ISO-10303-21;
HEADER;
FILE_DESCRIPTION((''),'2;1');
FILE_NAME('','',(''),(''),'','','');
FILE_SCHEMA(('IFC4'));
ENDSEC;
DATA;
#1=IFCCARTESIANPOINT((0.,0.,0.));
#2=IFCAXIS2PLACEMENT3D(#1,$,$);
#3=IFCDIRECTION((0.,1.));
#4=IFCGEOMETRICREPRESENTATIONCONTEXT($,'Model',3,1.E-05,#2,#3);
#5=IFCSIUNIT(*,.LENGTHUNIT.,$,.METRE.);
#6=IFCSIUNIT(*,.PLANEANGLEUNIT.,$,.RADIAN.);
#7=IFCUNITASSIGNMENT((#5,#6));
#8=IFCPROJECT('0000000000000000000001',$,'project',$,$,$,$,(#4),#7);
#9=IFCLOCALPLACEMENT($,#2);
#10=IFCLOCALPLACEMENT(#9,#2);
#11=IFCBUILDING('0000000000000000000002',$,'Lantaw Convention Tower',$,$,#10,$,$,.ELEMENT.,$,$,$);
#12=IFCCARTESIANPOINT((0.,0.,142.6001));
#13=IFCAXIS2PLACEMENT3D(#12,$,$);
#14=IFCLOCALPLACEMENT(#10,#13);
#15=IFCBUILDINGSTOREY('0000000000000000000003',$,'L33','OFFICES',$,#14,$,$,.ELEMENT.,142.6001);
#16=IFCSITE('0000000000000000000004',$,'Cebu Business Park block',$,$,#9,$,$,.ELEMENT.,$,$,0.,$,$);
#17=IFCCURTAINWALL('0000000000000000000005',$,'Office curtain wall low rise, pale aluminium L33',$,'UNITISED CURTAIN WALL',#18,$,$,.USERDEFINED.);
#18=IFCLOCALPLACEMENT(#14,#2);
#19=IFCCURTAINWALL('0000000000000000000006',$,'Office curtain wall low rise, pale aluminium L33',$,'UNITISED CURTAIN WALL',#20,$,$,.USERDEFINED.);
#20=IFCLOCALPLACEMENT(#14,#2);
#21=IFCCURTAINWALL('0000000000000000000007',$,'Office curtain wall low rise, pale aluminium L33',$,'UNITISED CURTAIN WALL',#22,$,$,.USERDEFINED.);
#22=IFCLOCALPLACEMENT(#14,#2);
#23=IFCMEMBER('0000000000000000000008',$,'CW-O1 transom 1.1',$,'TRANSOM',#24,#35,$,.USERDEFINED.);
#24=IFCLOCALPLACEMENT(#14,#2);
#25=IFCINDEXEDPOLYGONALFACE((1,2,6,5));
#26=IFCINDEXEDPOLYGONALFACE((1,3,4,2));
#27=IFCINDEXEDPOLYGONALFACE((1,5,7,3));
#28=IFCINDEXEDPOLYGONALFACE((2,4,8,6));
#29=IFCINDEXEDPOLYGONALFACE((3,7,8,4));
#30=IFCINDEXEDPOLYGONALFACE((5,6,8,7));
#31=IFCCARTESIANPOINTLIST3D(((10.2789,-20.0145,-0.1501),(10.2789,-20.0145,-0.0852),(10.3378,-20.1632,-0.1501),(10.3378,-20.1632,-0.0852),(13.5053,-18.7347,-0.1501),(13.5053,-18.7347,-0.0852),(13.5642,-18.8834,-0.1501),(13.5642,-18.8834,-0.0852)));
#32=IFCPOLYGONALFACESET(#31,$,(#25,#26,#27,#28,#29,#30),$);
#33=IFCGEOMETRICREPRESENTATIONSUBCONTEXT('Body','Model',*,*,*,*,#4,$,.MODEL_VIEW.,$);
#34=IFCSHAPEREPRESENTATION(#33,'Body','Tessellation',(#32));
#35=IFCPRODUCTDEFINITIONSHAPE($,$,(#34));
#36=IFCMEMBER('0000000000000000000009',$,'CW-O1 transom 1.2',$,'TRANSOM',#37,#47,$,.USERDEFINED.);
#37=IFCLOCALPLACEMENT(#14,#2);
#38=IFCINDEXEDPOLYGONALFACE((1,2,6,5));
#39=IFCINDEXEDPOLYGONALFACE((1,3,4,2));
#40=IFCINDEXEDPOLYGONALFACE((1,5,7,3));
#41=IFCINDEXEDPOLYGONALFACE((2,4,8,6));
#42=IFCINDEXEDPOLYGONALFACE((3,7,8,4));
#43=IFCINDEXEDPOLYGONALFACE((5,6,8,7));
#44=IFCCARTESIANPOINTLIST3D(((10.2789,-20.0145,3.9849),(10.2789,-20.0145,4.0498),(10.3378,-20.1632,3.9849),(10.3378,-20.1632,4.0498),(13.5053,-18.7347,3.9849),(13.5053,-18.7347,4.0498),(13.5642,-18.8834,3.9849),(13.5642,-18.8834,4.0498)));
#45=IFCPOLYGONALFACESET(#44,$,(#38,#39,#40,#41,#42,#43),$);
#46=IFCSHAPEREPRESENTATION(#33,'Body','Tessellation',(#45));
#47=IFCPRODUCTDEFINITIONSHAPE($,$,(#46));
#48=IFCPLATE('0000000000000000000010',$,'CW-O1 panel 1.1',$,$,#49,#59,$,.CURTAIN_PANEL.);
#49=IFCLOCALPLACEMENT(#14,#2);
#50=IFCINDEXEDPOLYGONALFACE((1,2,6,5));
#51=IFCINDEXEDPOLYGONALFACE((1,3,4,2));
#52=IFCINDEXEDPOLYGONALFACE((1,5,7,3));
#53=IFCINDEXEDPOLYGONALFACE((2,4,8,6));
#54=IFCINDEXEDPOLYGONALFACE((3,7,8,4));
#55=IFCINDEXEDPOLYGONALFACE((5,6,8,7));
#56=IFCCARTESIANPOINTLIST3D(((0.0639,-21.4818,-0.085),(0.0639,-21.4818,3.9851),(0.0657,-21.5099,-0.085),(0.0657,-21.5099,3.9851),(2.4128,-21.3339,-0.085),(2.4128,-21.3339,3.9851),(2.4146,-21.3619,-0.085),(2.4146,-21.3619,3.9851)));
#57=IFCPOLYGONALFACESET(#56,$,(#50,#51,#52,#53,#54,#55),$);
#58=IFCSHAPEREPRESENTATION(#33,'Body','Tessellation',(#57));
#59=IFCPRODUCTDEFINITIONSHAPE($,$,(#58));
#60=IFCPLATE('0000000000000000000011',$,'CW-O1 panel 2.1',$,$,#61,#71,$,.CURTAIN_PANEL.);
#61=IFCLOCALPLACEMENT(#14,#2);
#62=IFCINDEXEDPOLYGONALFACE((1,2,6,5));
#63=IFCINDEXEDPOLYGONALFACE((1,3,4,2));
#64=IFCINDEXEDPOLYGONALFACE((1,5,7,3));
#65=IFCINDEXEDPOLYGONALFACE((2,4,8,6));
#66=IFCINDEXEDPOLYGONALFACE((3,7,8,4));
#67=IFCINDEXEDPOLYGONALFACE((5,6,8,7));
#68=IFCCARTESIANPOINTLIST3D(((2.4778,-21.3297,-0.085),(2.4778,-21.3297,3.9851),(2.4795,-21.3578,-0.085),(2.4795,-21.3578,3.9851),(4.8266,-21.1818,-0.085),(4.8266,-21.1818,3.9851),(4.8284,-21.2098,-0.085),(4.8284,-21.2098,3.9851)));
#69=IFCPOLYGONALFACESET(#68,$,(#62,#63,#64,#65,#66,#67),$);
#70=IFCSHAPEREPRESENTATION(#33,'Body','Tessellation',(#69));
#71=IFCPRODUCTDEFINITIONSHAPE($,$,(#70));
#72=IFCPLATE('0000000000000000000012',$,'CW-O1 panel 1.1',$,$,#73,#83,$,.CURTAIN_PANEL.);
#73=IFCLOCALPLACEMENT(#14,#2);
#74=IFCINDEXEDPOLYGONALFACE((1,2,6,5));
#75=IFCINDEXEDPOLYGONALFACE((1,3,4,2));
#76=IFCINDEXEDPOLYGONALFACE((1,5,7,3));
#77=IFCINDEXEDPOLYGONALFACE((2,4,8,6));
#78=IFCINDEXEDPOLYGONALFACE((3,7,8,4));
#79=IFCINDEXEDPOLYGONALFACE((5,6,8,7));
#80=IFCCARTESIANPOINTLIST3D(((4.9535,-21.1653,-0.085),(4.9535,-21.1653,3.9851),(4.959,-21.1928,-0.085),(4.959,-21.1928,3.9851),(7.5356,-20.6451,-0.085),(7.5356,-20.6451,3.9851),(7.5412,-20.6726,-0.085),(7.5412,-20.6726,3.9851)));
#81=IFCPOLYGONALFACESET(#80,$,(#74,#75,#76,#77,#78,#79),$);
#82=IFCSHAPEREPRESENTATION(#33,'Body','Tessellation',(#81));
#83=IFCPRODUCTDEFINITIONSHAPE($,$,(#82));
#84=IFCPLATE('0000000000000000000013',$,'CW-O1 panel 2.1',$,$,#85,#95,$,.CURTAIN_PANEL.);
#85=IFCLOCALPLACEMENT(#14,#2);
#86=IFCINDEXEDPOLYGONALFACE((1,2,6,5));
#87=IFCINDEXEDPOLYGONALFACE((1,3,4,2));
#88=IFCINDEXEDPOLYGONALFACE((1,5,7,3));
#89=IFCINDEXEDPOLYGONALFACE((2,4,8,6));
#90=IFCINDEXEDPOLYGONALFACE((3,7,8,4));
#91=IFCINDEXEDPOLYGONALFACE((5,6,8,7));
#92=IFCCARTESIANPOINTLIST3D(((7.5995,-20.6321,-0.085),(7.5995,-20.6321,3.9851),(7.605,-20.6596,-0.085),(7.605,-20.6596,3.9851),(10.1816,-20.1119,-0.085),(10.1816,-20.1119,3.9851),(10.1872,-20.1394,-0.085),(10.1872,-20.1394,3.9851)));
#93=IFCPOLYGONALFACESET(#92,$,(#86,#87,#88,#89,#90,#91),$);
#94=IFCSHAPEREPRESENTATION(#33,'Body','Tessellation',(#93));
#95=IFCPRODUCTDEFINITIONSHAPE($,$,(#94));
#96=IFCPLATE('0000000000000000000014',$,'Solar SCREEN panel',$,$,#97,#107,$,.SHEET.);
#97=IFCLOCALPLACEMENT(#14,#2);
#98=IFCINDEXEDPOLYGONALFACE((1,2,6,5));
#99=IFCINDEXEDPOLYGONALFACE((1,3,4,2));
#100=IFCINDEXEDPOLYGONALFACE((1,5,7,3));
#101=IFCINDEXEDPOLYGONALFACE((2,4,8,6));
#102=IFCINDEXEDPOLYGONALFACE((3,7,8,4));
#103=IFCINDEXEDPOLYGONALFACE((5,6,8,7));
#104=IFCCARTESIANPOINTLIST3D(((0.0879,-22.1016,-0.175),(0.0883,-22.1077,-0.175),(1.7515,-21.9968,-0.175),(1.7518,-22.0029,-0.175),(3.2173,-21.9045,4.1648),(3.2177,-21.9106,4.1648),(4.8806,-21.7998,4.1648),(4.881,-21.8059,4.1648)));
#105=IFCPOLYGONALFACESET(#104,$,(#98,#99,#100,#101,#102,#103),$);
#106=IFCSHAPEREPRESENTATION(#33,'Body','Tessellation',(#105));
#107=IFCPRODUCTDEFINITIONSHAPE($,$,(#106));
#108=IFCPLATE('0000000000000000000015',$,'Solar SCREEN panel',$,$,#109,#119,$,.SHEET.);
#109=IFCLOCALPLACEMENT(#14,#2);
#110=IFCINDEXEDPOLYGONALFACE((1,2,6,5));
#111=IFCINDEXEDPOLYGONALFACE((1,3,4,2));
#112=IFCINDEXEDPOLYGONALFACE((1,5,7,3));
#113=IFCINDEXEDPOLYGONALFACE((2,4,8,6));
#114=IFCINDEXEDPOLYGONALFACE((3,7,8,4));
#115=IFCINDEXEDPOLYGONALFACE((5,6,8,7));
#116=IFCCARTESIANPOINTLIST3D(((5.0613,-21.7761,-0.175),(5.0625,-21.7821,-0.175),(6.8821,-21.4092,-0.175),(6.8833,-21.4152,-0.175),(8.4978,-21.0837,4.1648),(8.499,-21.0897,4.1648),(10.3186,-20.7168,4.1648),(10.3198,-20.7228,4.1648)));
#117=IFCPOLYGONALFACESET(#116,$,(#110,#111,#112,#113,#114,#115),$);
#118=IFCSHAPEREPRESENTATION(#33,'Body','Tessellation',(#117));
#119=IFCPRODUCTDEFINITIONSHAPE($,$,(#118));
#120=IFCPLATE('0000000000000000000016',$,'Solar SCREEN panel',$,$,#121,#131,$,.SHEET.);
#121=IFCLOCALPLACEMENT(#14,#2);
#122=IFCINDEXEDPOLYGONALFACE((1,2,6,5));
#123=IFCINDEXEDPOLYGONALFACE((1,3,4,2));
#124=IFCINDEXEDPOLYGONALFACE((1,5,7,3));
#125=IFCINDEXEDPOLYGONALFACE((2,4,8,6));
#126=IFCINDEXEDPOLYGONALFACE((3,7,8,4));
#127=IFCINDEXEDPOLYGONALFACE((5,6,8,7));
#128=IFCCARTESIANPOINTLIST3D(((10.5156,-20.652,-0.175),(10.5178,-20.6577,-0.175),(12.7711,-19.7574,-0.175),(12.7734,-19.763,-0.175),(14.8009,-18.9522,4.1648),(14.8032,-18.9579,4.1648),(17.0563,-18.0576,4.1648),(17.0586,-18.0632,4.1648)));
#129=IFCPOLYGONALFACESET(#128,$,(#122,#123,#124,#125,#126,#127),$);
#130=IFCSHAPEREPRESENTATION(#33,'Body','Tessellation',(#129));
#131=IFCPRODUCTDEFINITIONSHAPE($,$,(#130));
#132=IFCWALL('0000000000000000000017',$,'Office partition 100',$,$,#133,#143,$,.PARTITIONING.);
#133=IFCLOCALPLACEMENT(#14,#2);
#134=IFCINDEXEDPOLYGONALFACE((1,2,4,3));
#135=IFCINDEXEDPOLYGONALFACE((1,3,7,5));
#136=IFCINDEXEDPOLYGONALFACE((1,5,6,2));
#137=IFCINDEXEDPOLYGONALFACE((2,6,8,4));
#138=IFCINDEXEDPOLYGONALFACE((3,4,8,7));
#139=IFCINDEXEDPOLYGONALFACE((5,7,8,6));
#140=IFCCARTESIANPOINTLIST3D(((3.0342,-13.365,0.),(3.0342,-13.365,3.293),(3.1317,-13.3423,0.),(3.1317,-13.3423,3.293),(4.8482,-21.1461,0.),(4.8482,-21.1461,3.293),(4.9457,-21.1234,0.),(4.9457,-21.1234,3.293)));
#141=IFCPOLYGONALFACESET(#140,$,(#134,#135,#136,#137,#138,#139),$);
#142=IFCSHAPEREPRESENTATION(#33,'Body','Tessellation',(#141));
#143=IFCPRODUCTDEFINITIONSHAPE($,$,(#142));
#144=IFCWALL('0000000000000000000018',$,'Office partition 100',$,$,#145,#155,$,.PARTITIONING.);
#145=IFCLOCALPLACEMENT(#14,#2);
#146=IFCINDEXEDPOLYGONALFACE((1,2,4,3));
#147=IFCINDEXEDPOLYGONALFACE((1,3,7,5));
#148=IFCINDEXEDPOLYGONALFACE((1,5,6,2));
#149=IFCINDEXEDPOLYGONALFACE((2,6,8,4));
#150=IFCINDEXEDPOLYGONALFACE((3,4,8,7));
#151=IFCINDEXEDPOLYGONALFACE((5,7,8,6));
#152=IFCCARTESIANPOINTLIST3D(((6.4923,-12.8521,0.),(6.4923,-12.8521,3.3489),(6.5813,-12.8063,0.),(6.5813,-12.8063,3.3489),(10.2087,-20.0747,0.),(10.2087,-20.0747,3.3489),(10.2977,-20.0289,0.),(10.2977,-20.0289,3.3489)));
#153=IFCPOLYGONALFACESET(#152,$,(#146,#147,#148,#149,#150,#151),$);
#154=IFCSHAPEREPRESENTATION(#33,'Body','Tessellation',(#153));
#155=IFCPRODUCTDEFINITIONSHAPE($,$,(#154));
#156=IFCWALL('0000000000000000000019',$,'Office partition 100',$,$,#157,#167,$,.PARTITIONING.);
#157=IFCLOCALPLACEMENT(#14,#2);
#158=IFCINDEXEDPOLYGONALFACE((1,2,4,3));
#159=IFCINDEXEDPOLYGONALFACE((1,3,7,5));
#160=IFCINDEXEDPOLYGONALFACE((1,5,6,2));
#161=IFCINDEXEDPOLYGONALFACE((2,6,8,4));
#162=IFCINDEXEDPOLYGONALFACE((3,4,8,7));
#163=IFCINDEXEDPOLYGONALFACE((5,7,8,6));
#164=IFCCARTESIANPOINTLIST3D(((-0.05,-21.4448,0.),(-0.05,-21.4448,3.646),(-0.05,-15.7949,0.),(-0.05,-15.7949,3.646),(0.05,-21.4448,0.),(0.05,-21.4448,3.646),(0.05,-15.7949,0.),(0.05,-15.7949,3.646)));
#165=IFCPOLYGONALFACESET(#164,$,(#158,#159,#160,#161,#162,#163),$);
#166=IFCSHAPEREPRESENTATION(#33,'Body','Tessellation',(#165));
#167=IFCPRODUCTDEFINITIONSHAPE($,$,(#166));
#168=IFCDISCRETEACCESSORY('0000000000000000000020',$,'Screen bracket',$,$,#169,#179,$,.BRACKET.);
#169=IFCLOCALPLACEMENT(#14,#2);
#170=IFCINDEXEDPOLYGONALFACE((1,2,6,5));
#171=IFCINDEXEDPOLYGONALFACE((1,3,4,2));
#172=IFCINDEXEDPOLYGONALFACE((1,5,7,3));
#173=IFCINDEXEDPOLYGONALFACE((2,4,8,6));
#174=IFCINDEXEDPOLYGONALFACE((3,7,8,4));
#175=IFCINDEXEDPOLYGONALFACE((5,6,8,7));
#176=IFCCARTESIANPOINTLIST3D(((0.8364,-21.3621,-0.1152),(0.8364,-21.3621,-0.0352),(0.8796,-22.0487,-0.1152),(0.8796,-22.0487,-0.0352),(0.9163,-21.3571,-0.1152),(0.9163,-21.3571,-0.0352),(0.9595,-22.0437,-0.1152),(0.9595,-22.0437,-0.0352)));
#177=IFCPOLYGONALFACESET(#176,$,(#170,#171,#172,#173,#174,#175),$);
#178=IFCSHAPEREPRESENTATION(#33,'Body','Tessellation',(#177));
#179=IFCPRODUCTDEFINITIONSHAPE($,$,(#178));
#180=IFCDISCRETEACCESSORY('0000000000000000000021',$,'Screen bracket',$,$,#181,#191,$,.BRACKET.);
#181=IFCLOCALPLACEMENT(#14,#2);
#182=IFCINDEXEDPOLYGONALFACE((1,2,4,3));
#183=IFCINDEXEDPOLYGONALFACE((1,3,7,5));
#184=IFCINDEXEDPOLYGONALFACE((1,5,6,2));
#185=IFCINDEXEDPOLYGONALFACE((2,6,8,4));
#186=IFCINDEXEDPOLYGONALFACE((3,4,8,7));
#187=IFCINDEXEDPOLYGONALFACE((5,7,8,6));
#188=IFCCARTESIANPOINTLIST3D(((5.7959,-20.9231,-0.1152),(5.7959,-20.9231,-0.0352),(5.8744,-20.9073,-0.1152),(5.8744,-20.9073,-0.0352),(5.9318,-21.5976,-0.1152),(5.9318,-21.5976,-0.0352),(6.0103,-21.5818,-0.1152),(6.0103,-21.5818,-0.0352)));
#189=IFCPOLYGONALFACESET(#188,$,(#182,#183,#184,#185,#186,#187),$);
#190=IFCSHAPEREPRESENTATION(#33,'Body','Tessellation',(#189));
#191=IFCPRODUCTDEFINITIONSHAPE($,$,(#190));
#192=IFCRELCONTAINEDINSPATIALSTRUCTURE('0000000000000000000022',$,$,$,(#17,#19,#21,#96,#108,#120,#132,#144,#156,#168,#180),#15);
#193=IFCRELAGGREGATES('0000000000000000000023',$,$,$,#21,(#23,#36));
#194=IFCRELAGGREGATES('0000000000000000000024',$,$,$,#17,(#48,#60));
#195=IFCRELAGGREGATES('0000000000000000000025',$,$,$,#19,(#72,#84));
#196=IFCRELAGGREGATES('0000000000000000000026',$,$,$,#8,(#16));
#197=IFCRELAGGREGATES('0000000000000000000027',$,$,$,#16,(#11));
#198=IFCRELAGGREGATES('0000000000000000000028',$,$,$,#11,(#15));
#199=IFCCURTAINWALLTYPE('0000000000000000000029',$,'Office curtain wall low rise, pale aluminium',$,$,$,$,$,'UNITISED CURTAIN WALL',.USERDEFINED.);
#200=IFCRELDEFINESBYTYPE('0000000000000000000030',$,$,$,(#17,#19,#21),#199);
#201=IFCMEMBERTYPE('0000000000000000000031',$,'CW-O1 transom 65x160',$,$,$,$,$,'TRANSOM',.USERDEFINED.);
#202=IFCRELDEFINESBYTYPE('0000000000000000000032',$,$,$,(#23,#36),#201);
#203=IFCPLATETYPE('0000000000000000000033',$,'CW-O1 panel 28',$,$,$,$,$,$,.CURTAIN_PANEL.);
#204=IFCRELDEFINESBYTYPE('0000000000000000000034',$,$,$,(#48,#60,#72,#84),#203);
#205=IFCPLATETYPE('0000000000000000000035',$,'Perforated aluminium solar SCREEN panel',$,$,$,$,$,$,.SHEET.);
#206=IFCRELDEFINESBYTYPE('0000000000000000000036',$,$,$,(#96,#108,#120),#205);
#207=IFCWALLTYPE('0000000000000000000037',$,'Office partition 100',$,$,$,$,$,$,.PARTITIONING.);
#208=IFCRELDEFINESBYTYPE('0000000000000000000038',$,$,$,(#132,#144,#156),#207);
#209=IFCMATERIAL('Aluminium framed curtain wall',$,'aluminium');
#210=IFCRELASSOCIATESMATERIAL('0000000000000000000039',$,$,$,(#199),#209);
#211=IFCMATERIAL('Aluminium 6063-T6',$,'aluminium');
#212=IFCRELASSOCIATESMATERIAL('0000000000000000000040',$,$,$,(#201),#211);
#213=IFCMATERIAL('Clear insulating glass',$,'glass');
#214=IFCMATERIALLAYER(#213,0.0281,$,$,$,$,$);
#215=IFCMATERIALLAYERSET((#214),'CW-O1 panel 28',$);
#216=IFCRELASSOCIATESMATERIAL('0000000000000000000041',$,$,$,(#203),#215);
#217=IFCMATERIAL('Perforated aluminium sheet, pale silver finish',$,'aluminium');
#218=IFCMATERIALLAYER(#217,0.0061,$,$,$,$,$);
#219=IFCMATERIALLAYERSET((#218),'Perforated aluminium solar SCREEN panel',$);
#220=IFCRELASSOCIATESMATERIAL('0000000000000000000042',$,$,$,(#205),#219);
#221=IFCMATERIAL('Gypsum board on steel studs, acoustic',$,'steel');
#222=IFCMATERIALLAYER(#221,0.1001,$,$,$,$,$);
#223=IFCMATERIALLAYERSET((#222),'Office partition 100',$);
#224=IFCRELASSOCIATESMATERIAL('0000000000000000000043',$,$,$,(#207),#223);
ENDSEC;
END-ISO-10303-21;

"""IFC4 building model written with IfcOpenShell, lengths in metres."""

from ifc_helpers import new_model, si_unit, direction, frame, frame_2d, origin, origin_2d, place, context, subcontext, project, spatial, polyline, rectangle, outline, extrude, material, layer, layer_set, material_profile, profile_set, type_object, element, aggregate, save


model = new_model("IFC4")

# Units and contexts
model_context = context("Model", 3, precision=1e-05, world=origin(), true_north=direction((0.0, 1.0)))
body_context = subcontext(model_context, "Body", "Model", "MODEL_VIEW")
ifc_project = project(units=[si_unit("LENGTHUNIT", "METRE"), si_unit("PLANEANGLEUNIT", "RADIAN")], contexts=[model_context])

# Site, building, storey
site_placement = place(None, origin())
site = spatial("IfcSite", under=ifc_project, at=site_placement, Name="Cebu Business Park block", CompositionType="ELEMENT", RefElevation=0.0)
building_placement = place(site_placement, origin())
building = spatial("IfcBuilding", under=site, at=building_placement, Name="Lantaw Convention Tower", CompositionType="ELEMENT")
storey_placement = place(building_placement, frame((0.0, 0.0, 142.6001)))
storey = spatial("IfcBuildingStorey", under=building, at=storey_placement, Name="L33", Description="OFFICES", CompositionType="ELEMENT", Elevation=142.6001)

# Curtain walls
ifc_material_1 = material(Name="Aluminium framed curtain wall", Category="aluminium")
curtain_wall_type = type_object("IfcCurtainWallType", Name="Office curtain wall low rise, pale aluminium", ElementType="UNITISED CURTAIN WALL", PredefinedType="USERDEFINED", material=ifc_material_1)
curtain_wall_1_placement = place(storey_placement, origin())
curtain_wall_1 = element("IfcCurtainWall", 1, at=curtain_wall_1_placement, inside=storey, type_object=curtain_wall_type, Name="Office curtain wall low rise, pale aluminium L33", ObjectType="UNITISED CURTAIN WALL", PredefinedType="USERDEFINED")
ifc_material_2 = material(Name="Aluminium 6063-T6", Category="aluminium")
curtain_wall_2_placement = place(storey_placement, origin())
curtain_wall_2 = element("IfcCurtainWall", 2, at=curtain_wall_2_placement, inside=storey, type_object=curtain_wall_type, Name="Office curtain wall low rise, pale aluminium L33", ObjectType="UNITISED CURTAIN WALL", PredefinedType="USERDEFINED")

# Curtain wall
curtain_wall_3_placement = place(storey_placement, origin())
curtain_wall_3 = element("IfcCurtainWall", 3, at=curtain_wall_3_placement, inside=storey, type_object=curtain_wall_type, Name="Office curtain wall low rise, pale aluminium L33", ObjectType="UNITISED CURTAIN WALL", PredefinedType="USERDEFINED")

# Members
ifc_material_profile_1 = material_profile(ifc_material_2, rectangle(XDim=0.1599, YDim=0.0649, at=origin_2d()), Name="CW-O1 transom 65x160")
ifc_profile_set_1 = profile_set([ifc_material_profile_1], Name="Aluminium 6063-T6")
member_type_1 = type_object("IfcMemberType", Name="CW-O1 transom 65x160", ElementType="TRANSOM", PredefinedType="USERDEFINED", material=ifc_profile_set_1)
member_1_placement = place(storey_placement, frame((10.3083, -20.0889, -0.1177), z_axis=(0.92954, 0.368721, 0.0), x_axis=(-0.368721, 0.92954, 0.0)))
member_1 = element("IfcMember", 4, at=member_1_placement, type_object=member_type_1, Name="CW-O1 transom 1.1", ObjectType="TRANSOM", PredefinedType="USERDEFINED", context=body_context, shape_type="SweptSolid", body=[
    extrude(rectangle(XDim=0.1599, YDim=0.0649, at=origin_2d()), origin(), (0.0, 0.0, 1.0), 3.4709),
])
member_2_placement = place(storey_placement, frame((10.3083, -20.0889, 4.0173), z_axis=(0.92954, 0.368721, 0.0), x_axis=(-0.368721, 0.92954, 0.0)))
member_2 = element("IfcMember", 5, at=member_2_placement, type_object=member_type_1, Name="CW-O1 transom 1.2", ObjectType="TRANSOM", PredefinedType="USERDEFINED", context=body_context, shape_type="SweptSolid", body=[
    extrude(rectangle(XDim=0.1599, YDim=0.0649, at=origin_2d()), origin(), (0.0, 0.0, 1.0), 3.4709),
])
aggregate(curtain_wall_3, [member_1, member_2])

# Plates
ifc_material_3 = material(Name="Clear insulating glass", Category="glass")
ifc_layer_1 = layer(ifc_material_3, 0.0281)
ifc_layer_set_1 = layer_set([ifc_layer_1], Name="CW-O1 panel 28")
plate_type_1 = type_object("IfcPlateType", Name="CW-O1 panel 28", PredefinedType="CURTAIN_PANEL", material=ifc_layer_set_1)
plate_1_placement = place(storey_placement, frame((1.2393, -21.4219, -0.085), z_axis=(0.0, 0.0, 1.0), x_axis=(0.998022, 0.062865, 0.0)))
plate_1 = element("IfcPlate", 6, at=plate_1_placement, type_object=plate_type_1, Name="CW-O1 panel 1.1", PredefinedType="CURTAIN_PANEL", context=body_context, shape_type="SweptSolid", body=[
    extrude(rectangle(XDim=2.3535, YDim=0.0281, at=origin_2d()), origin(), (0.0, 0.0, 1.0), 4.0701),
])
plate_2_placement = place(storey_placement, frame((3.6531, -21.2698, -0.085), z_axis=(0.0, 0.0, 1.0), x_axis=(0.998022, 0.062865, 0.0)))
plate_2 = element("IfcPlate", 7, at=plate_2_placement, type_object=plate_type_1, Name="CW-O1 panel 2.1", PredefinedType="CURTAIN_PANEL", context=body_context, shape_type="SweptSolid", body=[
    extrude(rectangle(XDim=2.3535, YDim=0.0281, at=origin_2d()), origin(), (0.0, 0.0, 1.0), 4.0701),
])
aggregate(curtain_wall_1, [plate_1, plate_2])
plate_3_placement = place(storey_placement, frame((6.2473, -20.9189, -0.085), z_axis=(0.0, 0.0, 1.0), x_axis=(0.980302, 0.197507, 0.0)))
plate_3 = element("IfcPlate", 8, at=plate_3_placement, type_object=plate_type_1, Name="CW-O1 panel 1.1", PredefinedType="CURTAIN_PANEL", context=body_context, shape_type="SweptSolid", body=[
    extrude(rectangle(XDim=2.634, YDim=0.0281, at=origin_2d()), origin(), (0.0, 0.0, 1.0), 4.0701),
])
plate_4_placement = place(storey_placement, frame((8.8933, -20.3857, -0.085), z_axis=(0.0, 0.0, 1.0), x_axis=(0.980302, 0.197507, 0.0)))
plate_4 = element("IfcPlate", 9, at=plate_4_placement, type_object=plate_type_1, Name="CW-O1 panel 2.1", PredefinedType="CURTAIN_PANEL", context=body_context, shape_type="SweptSolid", body=[
    extrude(rectangle(XDim=2.634, YDim=0.0281, at=origin_2d()), origin(), (0.0, 0.0, 1.0), 4.0701),
])
aggregate(curtain_wall_2, [plate_3, plate_4])

# Plates
ifc_material_4 = material(Name="Perforated aluminium sheet, pale silver finish", Category="aluminium")
ifc_layer_2 = layer(ifc_material_4, 0.0061)
ifc_layer_set_2 = layer_set([ifc_layer_2], Name="Perforated aluminium solar SCREEN panel")
plate_type_2 = type_object("IfcPlateType", Name="Perforated aluminium solar SCREEN panel", PredefinedType="SHEET", material=ifc_layer_set_2)
plate_5_placement = place(storey_placement, frame((0.0879, -22.1016, -0.175), z_axis=(-0.062839, 0.998024, 0.000002), x_axis=(0.998024, 0.062839, 0.0)))
element("IfcPlate", 10, at=plate_5_placement, inside=storey, type_object=plate_type_2, Name="Solar SCREEN panel", PredefinedType="SHEET", context=body_context, shape_type="SweptSolid", body=[
    extrude(outline(polyline([(0.0, 0.0), (1.6669, 0.0), (4.8022, -4.3398), (3.1356, -4.3398), (0.0, 0.0)])), origin(), (0.0, 0.0, -1.0), 0.0061),
])
plate_6_placement = place(storey_placement, frame((5.0613, -21.7761, -0.175), z_axis=(-0.197557, 0.980291, 0.000039), x_axis=(0.980291, 0.197557, 0.0)))
element("IfcPlate", 11, at=plate_6_placement, inside=storey, type_object=plate_type_2, Name="Solar SCREEN panel", PredefinedType="SHEET", context=body_context, shape_type="SweptSolid", body=[
    extrude(outline(polyline([(0.0, 0.0), (1.8574, 0.0), (5.363, -4.3398), (3.5056, -4.3398), (0.0, 0.0)])), origin(), (0.0, 0.0, -1.0), 0.0061),
])
plate_7_placement = place(storey_placement, frame((10.5178, -20.6577, -0.175), z_axis=(0.368709, -0.929545, 0.000011), x_axis=(0.929545, 0.368709, 0.0)))
element("IfcPlate", 12, at=plate_7_placement, inside=storey, type_object=plate_type_2, Name="Solar SCREEN panel", PredefinedType="SHEET", context=body_context, shape_type="SweptSolid", body=[
    extrude(outline(polyline([(0.0, 0.0), (2.4265, 0.0), (7.0365, 4.3398), (4.6102, 4.3398), (0.0, 0.0)])), origin(), (0.0, 0.0, -1.0), 0.0061),
])

# Walls
ifc_material_5 = material(Name="Gypsum board on steel studs, acoustic", Category="steel")
ifc_layer_3 = layer(ifc_material_5, 0.1001)
ifc_layer_set_3 = layer_set([ifc_layer_3], Name="Office partition 100")
wall_type = type_object("IfcWallType", Name="Office partition 100", PredefinedType="PARTITIONING", material=ifc_layer_set_3)
wall_1_placement = place(storey_placement, frame((4.897, -21.1348, 0.0), z_axis=(0.0, 0.0, 1.0), x_axis=(-0.227039, 0.973886, 0.0)))
element("IfcWall", 13, at=wall_1_placement, inside=storey, type_object=wall_type, Name="Office partition 100", PredefinedType="PARTITIONING", context=body_context, shape_type="SweptSolid", body=[
    extrude(rectangle(XDim=7.9897, YDim=0.1001, at=frame_2d((3.9949, 0.0))), origin(), (0.0, 0.0, 1.0), 3.293),
])
wall_2_placement = place(storey_placement, frame((10.2532, -20.0518, 0.0), z_axis=(0.0, 0.0, 1.0), x_axis=(-0.457535, 0.889191, 0.0)))
element("IfcWall", 14, at=wall_2_placement, inside=storey, type_object=wall_type, Name="Office partition 100", PredefinedType="PARTITIONING", context=body_context, shape_type="SweptSolid", body=[
    extrude(rectangle(XDim=8.1226, YDim=0.1001, at=frame_2d((4.0613, 0.0))), origin(), (0.0, 0.0, 1.0), 3.3489),
])
wall_3_placement = place(storey_placement, frame((0.0, -21.4448, 0.0), z_axis=(0.0, 0.0, 1.0), x_axis=(0.0, 1.0, 0.0)))
element("IfcWall", 15, at=wall_3_placement, inside=storey, type_object=wall_type, Name="Office partition 100", PredefinedType="PARTITIONING", context=body_context, shape_type="SweptSolid", body=[
    extrude(rectangle(XDim=5.6499, YDim=0.1001, at=frame_2d((2.825, 0.0))), origin(), (0.0, 0.0, 1.0), 3.646),
])

# Discrete accessories
for number, where, z_axis, x_axis, name in (
    (16, (0.8979, -21.7029, -0.1152), (0.0, 0.0, 1.0), (0.998022, 0.062865, 0.0), "Screen bracket"),
    (17, (5.9031, -21.2524, -0.1152), (0.0, 0.0, 1.0), (0.980302, 0.197507, 0.0), "Screen bracket"),
):
    element("IfcDiscreteAccessory", number, at=place(storey_placement, frame(where, z_axis=z_axis, x_axis=x_axis)), inside=storey, Name=name, PredefinedType="BRACKET", context=body_context, shape_type="SweptSolid", body=[
        extrude(rectangle(XDim=0.0801, YDim=0.688, at=origin_2d()), origin(), (0.0, 0.0, 1.0), 0.0801),
    ])

save(model, "model.ifc")
